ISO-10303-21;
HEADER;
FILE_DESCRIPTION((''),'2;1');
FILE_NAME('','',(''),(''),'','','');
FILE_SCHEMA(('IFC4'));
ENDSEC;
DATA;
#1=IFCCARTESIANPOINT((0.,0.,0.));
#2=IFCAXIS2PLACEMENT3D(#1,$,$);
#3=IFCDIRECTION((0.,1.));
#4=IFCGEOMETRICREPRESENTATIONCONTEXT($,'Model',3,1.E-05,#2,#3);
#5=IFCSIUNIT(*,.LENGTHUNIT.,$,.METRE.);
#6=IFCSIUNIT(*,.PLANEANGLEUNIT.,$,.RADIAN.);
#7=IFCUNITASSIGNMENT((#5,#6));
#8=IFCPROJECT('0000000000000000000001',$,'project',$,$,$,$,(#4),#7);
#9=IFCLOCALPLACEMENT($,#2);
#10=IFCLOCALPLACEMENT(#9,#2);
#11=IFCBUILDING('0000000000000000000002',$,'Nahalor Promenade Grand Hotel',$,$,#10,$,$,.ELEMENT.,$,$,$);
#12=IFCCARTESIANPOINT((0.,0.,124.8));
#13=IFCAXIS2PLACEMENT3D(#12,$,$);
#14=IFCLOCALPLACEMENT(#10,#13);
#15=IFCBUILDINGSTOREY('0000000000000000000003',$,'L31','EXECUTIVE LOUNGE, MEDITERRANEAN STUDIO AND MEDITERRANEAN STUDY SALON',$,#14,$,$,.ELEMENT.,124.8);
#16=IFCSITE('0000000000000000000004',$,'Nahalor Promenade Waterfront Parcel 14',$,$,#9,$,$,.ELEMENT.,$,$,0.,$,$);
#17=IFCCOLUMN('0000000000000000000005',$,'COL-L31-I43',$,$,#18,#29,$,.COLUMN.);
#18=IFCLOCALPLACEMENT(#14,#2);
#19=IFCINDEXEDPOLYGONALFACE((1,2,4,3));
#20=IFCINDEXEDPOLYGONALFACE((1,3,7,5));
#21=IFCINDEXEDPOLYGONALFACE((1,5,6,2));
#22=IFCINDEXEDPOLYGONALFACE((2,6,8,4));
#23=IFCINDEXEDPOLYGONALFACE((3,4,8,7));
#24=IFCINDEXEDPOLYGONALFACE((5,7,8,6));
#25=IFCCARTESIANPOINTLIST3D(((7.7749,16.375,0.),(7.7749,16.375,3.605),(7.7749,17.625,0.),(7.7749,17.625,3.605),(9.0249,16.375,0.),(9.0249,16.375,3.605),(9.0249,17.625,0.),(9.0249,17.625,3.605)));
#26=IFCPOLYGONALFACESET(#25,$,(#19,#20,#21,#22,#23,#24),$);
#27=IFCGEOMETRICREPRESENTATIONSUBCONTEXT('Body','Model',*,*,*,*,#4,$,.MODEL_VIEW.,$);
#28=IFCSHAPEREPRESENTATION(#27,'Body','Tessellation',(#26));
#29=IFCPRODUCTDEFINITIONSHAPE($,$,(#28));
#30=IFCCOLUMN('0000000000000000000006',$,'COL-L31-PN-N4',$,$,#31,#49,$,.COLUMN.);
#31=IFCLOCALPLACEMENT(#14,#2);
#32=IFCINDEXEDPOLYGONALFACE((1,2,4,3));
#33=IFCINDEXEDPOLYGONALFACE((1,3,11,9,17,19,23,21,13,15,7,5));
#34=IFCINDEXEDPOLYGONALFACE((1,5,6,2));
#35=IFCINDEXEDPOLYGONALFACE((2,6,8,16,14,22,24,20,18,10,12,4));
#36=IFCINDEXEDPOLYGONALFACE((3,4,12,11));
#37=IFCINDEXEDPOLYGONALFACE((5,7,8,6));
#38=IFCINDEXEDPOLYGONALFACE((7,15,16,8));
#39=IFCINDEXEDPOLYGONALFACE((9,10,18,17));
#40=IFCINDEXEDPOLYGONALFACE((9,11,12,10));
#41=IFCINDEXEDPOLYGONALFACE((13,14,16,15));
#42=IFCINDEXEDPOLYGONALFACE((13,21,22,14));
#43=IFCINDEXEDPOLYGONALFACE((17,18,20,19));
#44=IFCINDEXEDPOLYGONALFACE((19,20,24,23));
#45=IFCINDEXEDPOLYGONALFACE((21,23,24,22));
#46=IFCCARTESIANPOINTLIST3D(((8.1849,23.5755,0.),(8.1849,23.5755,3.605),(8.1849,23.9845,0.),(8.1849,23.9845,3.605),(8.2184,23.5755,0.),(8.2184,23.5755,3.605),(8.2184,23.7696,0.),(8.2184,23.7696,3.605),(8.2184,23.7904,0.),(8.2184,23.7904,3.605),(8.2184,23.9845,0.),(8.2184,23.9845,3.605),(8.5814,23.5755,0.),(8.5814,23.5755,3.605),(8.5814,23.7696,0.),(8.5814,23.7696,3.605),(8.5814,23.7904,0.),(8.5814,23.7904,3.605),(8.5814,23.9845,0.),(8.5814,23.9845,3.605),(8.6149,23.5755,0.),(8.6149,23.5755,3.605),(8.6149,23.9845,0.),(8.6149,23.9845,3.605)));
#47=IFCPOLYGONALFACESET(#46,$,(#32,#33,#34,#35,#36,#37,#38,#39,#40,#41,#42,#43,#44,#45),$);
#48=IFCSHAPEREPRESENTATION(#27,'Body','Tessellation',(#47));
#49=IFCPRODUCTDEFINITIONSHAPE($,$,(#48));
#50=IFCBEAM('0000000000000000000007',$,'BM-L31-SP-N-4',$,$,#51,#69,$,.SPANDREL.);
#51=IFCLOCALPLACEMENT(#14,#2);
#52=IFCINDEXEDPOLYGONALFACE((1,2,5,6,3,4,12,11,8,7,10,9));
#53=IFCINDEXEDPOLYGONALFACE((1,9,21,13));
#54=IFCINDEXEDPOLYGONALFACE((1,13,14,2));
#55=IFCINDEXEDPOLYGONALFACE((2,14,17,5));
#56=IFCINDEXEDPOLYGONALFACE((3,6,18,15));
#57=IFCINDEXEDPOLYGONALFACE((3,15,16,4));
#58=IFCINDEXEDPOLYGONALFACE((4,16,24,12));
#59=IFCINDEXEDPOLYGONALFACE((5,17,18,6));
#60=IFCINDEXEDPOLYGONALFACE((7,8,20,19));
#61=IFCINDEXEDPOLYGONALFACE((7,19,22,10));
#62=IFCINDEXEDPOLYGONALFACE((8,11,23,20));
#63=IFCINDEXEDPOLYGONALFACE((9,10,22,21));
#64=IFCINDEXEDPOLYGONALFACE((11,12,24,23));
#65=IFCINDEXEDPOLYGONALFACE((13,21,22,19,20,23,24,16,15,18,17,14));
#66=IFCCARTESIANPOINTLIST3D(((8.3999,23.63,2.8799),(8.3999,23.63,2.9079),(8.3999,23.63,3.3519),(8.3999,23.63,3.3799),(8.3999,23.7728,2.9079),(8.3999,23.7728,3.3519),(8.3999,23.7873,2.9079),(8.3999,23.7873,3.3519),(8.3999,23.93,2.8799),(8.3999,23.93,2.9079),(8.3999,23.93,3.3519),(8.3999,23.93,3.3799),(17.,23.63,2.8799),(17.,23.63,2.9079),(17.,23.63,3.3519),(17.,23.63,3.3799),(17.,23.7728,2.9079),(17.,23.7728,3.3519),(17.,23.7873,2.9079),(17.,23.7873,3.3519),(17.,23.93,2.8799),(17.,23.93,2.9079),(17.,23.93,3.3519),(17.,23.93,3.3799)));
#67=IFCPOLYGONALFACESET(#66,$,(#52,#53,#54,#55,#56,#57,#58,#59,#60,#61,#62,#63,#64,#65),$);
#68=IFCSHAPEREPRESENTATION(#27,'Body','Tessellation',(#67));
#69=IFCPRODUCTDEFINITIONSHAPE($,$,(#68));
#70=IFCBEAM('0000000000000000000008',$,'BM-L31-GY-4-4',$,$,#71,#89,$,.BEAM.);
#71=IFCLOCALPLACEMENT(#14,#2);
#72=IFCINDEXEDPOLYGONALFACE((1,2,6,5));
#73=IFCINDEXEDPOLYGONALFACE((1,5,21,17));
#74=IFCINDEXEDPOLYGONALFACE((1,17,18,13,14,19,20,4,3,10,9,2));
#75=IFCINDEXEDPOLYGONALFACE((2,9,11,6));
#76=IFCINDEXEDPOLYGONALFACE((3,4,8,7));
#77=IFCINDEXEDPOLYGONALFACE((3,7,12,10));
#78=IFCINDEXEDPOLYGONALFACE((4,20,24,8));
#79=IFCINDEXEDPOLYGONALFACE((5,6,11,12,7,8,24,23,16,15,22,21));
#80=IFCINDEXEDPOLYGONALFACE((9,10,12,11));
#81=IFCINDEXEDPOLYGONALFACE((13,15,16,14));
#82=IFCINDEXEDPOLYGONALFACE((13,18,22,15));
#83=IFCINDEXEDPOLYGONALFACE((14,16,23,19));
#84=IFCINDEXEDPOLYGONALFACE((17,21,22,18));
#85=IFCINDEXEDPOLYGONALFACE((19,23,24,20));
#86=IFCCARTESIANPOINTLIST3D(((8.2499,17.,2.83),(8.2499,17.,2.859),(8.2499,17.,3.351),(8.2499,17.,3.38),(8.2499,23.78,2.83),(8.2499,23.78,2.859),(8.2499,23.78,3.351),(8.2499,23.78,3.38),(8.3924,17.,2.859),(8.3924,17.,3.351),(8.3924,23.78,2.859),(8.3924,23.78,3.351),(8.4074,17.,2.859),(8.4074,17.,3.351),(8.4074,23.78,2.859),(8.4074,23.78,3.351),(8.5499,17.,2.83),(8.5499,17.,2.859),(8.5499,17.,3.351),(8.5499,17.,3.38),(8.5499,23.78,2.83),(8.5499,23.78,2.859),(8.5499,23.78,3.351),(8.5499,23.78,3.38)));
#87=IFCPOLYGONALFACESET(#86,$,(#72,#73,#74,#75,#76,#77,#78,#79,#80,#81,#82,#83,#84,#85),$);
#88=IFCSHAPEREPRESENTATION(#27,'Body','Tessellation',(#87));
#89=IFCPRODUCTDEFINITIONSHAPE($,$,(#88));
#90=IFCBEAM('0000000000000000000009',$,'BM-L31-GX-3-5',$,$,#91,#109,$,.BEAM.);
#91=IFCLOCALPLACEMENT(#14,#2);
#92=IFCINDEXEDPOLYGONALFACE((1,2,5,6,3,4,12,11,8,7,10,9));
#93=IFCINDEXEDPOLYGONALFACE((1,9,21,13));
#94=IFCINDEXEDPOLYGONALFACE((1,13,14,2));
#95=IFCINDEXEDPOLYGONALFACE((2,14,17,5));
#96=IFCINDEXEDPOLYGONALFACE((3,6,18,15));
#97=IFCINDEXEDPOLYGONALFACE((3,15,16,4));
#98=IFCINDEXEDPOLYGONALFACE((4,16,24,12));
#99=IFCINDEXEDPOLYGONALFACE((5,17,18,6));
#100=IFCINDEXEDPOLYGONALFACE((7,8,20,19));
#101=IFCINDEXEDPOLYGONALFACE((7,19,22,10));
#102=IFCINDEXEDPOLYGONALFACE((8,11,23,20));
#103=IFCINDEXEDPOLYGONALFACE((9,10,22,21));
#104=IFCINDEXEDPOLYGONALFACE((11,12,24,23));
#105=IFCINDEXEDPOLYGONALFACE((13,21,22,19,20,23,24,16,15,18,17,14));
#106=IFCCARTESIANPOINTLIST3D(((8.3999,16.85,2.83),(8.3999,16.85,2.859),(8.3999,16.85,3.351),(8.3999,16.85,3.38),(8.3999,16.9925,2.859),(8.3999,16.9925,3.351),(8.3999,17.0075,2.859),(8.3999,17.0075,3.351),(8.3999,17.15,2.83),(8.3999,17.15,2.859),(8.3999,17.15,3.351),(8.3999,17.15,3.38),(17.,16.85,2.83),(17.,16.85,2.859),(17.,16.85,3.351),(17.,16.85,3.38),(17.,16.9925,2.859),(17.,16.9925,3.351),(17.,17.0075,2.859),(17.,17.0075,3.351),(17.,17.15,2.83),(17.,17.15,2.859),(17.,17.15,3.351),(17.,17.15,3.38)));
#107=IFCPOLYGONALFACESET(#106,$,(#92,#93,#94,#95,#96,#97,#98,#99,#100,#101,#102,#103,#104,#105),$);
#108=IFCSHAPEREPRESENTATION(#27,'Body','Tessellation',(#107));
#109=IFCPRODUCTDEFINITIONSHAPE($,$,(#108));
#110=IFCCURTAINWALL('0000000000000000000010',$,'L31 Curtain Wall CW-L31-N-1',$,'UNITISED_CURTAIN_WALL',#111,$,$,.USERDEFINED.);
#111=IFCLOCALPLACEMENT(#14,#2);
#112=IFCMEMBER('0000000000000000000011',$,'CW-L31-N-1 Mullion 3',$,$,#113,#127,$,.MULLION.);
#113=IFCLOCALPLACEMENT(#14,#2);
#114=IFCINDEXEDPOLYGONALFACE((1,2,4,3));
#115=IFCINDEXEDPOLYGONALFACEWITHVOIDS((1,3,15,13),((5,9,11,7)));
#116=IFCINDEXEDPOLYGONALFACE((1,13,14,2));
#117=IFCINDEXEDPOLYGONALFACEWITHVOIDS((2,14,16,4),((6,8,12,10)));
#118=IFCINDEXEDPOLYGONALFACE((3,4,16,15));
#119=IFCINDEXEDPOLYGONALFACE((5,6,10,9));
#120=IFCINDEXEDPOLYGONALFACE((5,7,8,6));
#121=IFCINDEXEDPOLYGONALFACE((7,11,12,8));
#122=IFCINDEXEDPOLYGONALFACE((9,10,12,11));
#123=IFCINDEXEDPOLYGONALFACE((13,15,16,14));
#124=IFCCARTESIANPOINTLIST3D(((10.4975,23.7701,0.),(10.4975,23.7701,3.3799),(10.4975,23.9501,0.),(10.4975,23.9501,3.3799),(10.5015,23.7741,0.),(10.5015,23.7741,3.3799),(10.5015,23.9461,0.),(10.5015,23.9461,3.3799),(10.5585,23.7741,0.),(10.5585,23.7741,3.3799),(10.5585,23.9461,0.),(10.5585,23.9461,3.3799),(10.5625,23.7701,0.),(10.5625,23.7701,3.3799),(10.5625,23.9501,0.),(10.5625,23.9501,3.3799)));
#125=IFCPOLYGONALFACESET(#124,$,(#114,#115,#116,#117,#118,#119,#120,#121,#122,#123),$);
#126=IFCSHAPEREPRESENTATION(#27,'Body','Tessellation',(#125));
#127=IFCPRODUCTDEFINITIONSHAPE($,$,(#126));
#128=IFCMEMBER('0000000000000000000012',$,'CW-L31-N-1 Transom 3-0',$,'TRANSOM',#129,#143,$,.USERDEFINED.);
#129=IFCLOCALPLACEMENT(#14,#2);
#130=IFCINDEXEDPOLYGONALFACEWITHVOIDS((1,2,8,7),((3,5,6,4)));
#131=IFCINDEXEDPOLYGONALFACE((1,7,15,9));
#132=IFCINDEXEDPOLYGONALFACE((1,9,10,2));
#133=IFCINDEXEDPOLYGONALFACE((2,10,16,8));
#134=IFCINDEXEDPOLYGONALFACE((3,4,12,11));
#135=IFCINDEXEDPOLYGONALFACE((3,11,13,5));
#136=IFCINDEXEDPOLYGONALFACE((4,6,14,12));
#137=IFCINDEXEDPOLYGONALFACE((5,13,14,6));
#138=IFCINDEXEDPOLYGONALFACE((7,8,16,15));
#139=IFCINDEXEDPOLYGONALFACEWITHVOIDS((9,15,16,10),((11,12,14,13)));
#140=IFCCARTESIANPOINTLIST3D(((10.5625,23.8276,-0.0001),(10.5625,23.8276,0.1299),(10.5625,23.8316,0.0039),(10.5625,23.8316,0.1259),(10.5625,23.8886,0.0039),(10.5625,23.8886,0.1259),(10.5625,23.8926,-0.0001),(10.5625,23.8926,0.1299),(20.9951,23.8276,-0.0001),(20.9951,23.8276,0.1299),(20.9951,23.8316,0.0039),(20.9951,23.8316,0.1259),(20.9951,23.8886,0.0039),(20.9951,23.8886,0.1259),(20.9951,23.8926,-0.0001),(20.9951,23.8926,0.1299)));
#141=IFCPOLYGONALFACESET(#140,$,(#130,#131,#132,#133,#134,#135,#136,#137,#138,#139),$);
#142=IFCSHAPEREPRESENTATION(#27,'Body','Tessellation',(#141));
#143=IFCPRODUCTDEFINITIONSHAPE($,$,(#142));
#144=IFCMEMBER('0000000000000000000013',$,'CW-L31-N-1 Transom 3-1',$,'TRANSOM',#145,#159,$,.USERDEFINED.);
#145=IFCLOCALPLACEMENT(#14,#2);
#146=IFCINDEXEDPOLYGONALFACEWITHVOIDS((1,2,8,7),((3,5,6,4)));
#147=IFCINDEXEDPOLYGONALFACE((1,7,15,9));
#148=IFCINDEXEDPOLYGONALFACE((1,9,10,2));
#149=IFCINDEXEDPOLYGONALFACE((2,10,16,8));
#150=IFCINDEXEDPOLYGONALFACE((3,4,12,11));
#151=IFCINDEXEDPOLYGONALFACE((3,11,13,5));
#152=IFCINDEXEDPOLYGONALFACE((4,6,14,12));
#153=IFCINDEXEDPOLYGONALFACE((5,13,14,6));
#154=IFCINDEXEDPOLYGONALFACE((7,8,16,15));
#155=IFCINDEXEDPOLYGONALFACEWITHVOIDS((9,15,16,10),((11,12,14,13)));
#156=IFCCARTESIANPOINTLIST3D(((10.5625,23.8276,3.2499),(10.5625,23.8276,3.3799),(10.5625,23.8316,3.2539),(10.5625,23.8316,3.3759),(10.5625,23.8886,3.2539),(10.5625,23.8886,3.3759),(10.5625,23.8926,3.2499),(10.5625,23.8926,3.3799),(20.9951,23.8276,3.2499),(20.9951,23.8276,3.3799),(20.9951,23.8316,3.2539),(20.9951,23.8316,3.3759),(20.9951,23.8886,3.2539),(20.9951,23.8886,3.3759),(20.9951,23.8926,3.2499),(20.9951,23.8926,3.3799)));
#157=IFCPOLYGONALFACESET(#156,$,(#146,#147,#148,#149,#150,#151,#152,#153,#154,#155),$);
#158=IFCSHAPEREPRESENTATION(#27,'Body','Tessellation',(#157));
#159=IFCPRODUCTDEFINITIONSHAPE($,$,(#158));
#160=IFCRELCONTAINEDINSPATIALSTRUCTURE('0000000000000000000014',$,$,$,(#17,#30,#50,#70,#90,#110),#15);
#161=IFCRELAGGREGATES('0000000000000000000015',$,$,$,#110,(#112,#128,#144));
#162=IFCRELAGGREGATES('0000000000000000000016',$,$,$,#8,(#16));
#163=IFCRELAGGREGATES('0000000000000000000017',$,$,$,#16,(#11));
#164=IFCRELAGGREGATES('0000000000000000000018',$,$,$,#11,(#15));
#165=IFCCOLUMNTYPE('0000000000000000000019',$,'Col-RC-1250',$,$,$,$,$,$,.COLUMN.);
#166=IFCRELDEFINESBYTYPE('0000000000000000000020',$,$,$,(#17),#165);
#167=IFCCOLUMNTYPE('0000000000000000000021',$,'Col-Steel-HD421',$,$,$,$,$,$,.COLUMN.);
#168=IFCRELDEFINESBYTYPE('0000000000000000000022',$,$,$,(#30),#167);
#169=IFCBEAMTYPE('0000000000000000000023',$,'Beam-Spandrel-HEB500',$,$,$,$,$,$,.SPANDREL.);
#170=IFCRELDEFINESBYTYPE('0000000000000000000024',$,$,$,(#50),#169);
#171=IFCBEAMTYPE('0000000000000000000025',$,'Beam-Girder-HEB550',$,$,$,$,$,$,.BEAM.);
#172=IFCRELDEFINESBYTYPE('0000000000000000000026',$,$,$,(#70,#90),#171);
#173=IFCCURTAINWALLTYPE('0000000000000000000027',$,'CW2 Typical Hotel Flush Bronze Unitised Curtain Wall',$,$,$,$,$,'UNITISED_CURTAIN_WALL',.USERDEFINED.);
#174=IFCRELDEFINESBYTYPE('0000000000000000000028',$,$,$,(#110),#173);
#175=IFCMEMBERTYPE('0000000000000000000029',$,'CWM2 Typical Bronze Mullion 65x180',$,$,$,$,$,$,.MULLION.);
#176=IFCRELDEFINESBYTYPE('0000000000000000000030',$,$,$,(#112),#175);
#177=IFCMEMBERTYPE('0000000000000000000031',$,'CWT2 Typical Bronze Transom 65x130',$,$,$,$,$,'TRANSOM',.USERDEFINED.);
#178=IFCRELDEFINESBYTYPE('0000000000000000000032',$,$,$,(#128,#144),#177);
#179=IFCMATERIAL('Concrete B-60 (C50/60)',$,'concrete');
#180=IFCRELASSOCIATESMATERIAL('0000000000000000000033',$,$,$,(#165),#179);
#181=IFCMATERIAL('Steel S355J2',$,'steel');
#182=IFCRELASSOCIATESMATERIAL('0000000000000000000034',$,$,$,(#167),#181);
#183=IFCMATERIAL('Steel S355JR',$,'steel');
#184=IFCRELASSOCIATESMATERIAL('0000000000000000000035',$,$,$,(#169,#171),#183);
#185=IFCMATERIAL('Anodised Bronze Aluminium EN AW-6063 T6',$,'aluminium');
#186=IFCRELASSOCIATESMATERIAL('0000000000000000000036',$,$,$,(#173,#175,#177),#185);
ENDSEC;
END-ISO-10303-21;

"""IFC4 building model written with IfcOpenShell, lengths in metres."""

from ifc_helpers import new_model, si_unit, direction, frame, origin, origin_2d, place, context, subcontext, project, spatial, rectangle, hollow_rectangle, i_section, extrude, source, transform, mapped, material, material_profile, profile_set, type_object, element, aggregate, save


model = new_model("IFC4")

# Units and contexts
model_context = context("Model", 3, precision=1e-05, world=origin(), true_north=direction((0.0, 1.0)))
body_context = subcontext(model_context, "Body", "Model", "MODEL_VIEW")
ifc_project = project(units=[si_unit("LENGTHUNIT", "METRE"), si_unit("PLANEANGLEUNIT", "RADIAN")], contexts=[model_context])

# Site, building, storey
site_placement = place(None, origin())
site = spatial("IfcSite", under=ifc_project, at=site_placement, Name="Nahalor Promenade Waterfront Parcel 14", CompositionType="ELEMENT", RefElevation=0.0)
building_placement = place(site_placement, origin())
building = spatial("IfcBuilding", under=site, at=building_placement, Name="Nahalor Promenade Grand Hotel", CompositionType="ELEMENT")
storey_placement = place(building_placement, frame((0.0, 0.0, 124.8)))
storey = spatial("IfcBuildingStorey", under=building, at=storey_placement, Name="L31", Description="EXECUTIVE LOUNGE, MEDITERRANEAN STUDIO AND MEDITERRANEAN STUDY SALON", CompositionType="ELEMENT", Elevation=124.8)

# Columns
ifc_material_1 = material(Name="Concrete B-60 (C50/60)", Category="concrete")
ifc_material_profile_1 = material_profile(ifc_material_1, rectangle(XDim=1.25, YDim=1.25, at=origin_2d()), Name="RC 1250x1250")
ifc_profile_set_1 = profile_set([ifc_material_profile_1], Name="Concrete B-60 (C50/60)")
column_type_1 = type_object("IfcColumnType", Name="Col-RC-1250", PredefinedType="COLUMN", material=ifc_profile_set_1)
shared_shape_1 = source(origin(), body_context, "Body", "SweptSolid", [
    extrude(rectangle(XDim=1.25, YDim=1.25, at=origin_2d()), origin(), (0.0, 0.0, 1.0), 3.605),
])
column_1_placement = place(storey_placement, frame((8.3999, 17.0, 0.0), z_axis=(0.0, 0.0, 1.0), x_axis=(1.0, 0.0, 0.0)))
element("IfcColumn", 1, at=column_1_placement, inside=storey, type_object=column_type_1, Name="COL-L31-I43", PredefinedType="COLUMN", context=body_context, shape_type="MappedRepresentation", body=[
    mapped(shared_shape_1, transform((0.0, 0.0, 0.0), scale=1.0)),
])
ifc_material_2 = material(Name="Steel S355J2", Category="steel")
ifc_material_profile_2 = material_profile(ifc_material_2, i_section(OverallWidth=0.409, OverallDepth=0.43, WebThickness=0.0208, FlangeThickness=0.0335, at=origin_2d()), Name="HD 400x421")
ifc_profile_set_2 = profile_set([ifc_material_profile_2], Name="Steel S355J2")
column_type_2 = type_object("IfcColumnType", Name="Col-Steel-HD421", PredefinedType="COLUMN", material=ifc_profile_set_2)
shared_shape_2 = source(origin(), body_context, "Body", "SweptSolid", [
    extrude(i_section(OverallWidth=0.409, OverallDepth=0.43, WebThickness=0.0208, FlangeThickness=0.0335, at=origin_2d()), origin(), (0.0, 0.0, 1.0), 3.605),
])
column_2_placement = place(storey_placement, frame((8.3999, 23.78, 0.0), z_axis=(0.0, 0.0, 1.0), x_axis=(0.0, 1.0, 0.0)))
element("IfcColumn", 2, at=column_2_placement, inside=storey, type_object=column_type_2, Name="COL-L31-PN-N4", PredefinedType="COLUMN", context=body_context, shape_type="MappedRepresentation", body=[
    mapped(shared_shape_2, transform((0.0, 0.0, 0.0), scale=1.0)),
])

# Beams
ifc_material_3 = material(Name="Steel S355JR", Category="steel")
ifc_material_profile_3 = material_profile(ifc_material_3, i_section(OverallWidth=0.3, OverallDepth=0.5, WebThickness=0.0145, FlangeThickness=0.028, at=origin_2d()), Name="HEB 500")
ifc_profile_set_3 = profile_set([ifc_material_profile_3], Name="Steel S355JR")
beam_type_1 = type_object("IfcBeamType", Name="Beam-Spandrel-HEB500", PredefinedType="SPANDREL", material=ifc_profile_set_3)
shared_shape_3 = source(origin(), body_context, "Body", "SweptSolid", [
    extrude(i_section(OverallWidth=0.3, OverallDepth=0.5, WebThickness=0.0145, FlangeThickness=0.028, at=origin_2d()), origin(), (0.0, 0.0, 1.0), 8.6001),
])
beam_1_placement = place(storey_placement, frame((8.3999, 23.78, 3.1299), z_axis=(1.0, 0.0, 0.0), x_axis=(0.0, 1.0, 0.0)))
element("IfcBeam", 3, at=beam_1_placement, inside=storey, type_object=beam_type_1, Name="BM-L31-SP-N-4", PredefinedType="SPANDREL", context=body_context, shape_type="MappedRepresentation", body=[
    mapped(shared_shape_3, transform((0.0, 0.0, 0.0), scale=1.0)),
])
ifc_material_profile_4 = material_profile(ifc_material_3, i_section(OverallWidth=0.3, OverallDepth=0.55, WebThickness=0.015, FlangeThickness=0.029, at=origin_2d()), Name="HEB 550")
ifc_profile_set_4 = profile_set([ifc_material_profile_4], Name="Steel S355JR")
beam_type_2 = type_object("IfcBeamType", Name="Beam-Girder-HEB550", PredefinedType="BEAM", material=ifc_profile_set_4)
shared_shape_4 = source(origin(), body_context, "Body", "SweptSolid", [
    extrude(i_section(OverallWidth=0.3, OverallDepth=0.55, WebThickness=0.015, FlangeThickness=0.029, at=origin_2d()), origin(), (0.0, 0.0, 1.0), 6.78),
])
beam_2_placement = place(storey_placement, frame((8.3999, 17.0, 3.105), z_axis=(0.0, 1.0, 0.0), x_axis=(-1.0, 0.0, 0.0)))
element("IfcBeam", 4, at=beam_2_placement, inside=storey, type_object=beam_type_2, Name="BM-L31-GY-4-4", PredefinedType="BEAM", context=body_context, shape_type="MappedRepresentation", body=[
    mapped(shared_shape_4, transform((0.0, 0.0, 0.0), scale=1.0)),
])
shared_shape_5 = source(origin(), body_context, "Body", "SweptSolid", [
    extrude(i_section(OverallWidth=0.3, OverallDepth=0.55, WebThickness=0.015, FlangeThickness=0.029, at=origin_2d()), origin(), (0.0, 0.0, 1.0), 8.6001),
])
beam_3_placement = place(storey_placement, frame((8.3999, 17.0, 3.105), z_axis=(1.0, 0.0, 0.0), x_axis=(0.0, 1.0, 0.0)))
element("IfcBeam", 5, at=beam_3_placement, inside=storey, type_object=beam_type_2, Name="BM-L31-GX-3-5", PredefinedType="BEAM", context=body_context, shape_type="MappedRepresentation", body=[
    mapped(shared_shape_5, transform((0.0, 0.0, 0.0), scale=1.0)),
])

# Curtain wall, members
ifc_material_4 = material(Name="Anodised Bronze Aluminium EN AW-6063 T6", Category="aluminium")
curtain_wall_type = type_object("IfcCurtainWallType", Name="CW2 Typical Hotel Flush Bronze Unitised Curtain Wall", ElementType="UNITISED_CURTAIN_WALL", PredefinedType="USERDEFINED", material=ifc_material_4)
curtain_wall_placement = place(storey_placement, origin())
curtain_wall = element("IfcCurtainWall", 6, at=curtain_wall_placement, inside=storey, type_object=curtain_wall_type, Name="L31 Curtain Wall CW-L31-N-1", ObjectType="UNITISED_CURTAIN_WALL", PredefinedType="USERDEFINED")
ifc_material_profile_5 = material_profile(ifc_material_4, hollow_rectangle(XDim=0.065, YDim=0.18, WallThickness=0.004, at=origin_2d()), Name="CWM 65x180x4")
ifc_profile_set_5 = profile_set([ifc_material_profile_5], Name="Anodised Bronze Aluminium EN AW-6063 T6")
member_type_1 = type_object("IfcMemberType", Name="CWM2 Typical Bronze Mullion 65x180", PredefinedType="MULLION", material=ifc_profile_set_5)
shared_shape_6 = source(origin(), body_context, "Body", "SweptSolid", [
    extrude(hollow_rectangle(XDim=0.065, YDim=0.18, WallThickness=0.004, at=origin_2d()), origin(), (0.0, 0.0, 1.0), 3.3799),
])
member_1_placement = place(storey_placement, frame((10.53, 23.8601, 0.0), z_axis=(0.0, 0.0, 1.0), x_axis=(1.0, 0.0, 0.0)))
member_1 = element("IfcMember", 7, at=member_1_placement, type_object=member_type_1, Name="CW-L31-N-1 Mullion 3", PredefinedType="MULLION", context=body_context, shape_type="MappedRepresentation", body=[
    mapped(shared_shape_6, transform((0.0, 0.0, 0.0), scale=1.0)),
])
ifc_material_profile_6 = material_profile(ifc_material_4, hollow_rectangle(XDim=0.065, YDim=0.13, WallThickness=0.004, at=origin_2d()), Name="CWT 65x130x4")
ifc_profile_set_6 = profile_set([ifc_material_profile_6], Name="Anodised Bronze Aluminium EN AW-6063 T6")
member_type_2 = type_object("IfcMemberType", Name="CWT2 Typical Bronze Transom 65x130", ElementType="TRANSOM", PredefinedType="USERDEFINED", material=ifc_profile_set_6)
shared_shape_7 = source(origin(), body_context, "Body", "SweptSolid", [
    extrude(hollow_rectangle(XDim=0.065, YDim=0.13, WallThickness=0.004, at=origin_2d()), origin(), (0.0, 0.0, 1.0), 10.4326),
])
member_2_placement = place(storey_placement, frame((10.5625, 23.8601, 0.0649), z_axis=(1.0, 0.0, 0.0), x_axis=(0.0, 1.0, 0.0)))
member_2 = element("IfcMember", 8, at=member_2_placement, type_object=member_type_2, Name="CW-L31-N-1 Transom 3-0", ObjectType="TRANSOM", PredefinedType="USERDEFINED", context=body_context, shape_type="MappedRepresentation", body=[
    mapped(shared_shape_7, transform((0.0, 0.0, 0.0), scale=1.0)),
])
member_3_placement = place(storey_placement, frame((10.5625, 23.8601, 3.3149), z_axis=(1.0, 0.0, 0.0), x_axis=(0.0, 1.0, 0.0)))
member_3 = element("IfcMember", 9, at=member_3_placement, type_object=member_type_2, Name="CW-L31-N-1 Transom 3-1", ObjectType="TRANSOM", PredefinedType="USERDEFINED", context=body_context, shape_type="MappedRepresentation", body=[
    mapped(shared_shape_7, transform((0.0, 0.0, 0.0), scale=1.0)),
])
aggregate(curtain_wall, [member_1, member_2, member_3])

save(model, "model.ifc")
